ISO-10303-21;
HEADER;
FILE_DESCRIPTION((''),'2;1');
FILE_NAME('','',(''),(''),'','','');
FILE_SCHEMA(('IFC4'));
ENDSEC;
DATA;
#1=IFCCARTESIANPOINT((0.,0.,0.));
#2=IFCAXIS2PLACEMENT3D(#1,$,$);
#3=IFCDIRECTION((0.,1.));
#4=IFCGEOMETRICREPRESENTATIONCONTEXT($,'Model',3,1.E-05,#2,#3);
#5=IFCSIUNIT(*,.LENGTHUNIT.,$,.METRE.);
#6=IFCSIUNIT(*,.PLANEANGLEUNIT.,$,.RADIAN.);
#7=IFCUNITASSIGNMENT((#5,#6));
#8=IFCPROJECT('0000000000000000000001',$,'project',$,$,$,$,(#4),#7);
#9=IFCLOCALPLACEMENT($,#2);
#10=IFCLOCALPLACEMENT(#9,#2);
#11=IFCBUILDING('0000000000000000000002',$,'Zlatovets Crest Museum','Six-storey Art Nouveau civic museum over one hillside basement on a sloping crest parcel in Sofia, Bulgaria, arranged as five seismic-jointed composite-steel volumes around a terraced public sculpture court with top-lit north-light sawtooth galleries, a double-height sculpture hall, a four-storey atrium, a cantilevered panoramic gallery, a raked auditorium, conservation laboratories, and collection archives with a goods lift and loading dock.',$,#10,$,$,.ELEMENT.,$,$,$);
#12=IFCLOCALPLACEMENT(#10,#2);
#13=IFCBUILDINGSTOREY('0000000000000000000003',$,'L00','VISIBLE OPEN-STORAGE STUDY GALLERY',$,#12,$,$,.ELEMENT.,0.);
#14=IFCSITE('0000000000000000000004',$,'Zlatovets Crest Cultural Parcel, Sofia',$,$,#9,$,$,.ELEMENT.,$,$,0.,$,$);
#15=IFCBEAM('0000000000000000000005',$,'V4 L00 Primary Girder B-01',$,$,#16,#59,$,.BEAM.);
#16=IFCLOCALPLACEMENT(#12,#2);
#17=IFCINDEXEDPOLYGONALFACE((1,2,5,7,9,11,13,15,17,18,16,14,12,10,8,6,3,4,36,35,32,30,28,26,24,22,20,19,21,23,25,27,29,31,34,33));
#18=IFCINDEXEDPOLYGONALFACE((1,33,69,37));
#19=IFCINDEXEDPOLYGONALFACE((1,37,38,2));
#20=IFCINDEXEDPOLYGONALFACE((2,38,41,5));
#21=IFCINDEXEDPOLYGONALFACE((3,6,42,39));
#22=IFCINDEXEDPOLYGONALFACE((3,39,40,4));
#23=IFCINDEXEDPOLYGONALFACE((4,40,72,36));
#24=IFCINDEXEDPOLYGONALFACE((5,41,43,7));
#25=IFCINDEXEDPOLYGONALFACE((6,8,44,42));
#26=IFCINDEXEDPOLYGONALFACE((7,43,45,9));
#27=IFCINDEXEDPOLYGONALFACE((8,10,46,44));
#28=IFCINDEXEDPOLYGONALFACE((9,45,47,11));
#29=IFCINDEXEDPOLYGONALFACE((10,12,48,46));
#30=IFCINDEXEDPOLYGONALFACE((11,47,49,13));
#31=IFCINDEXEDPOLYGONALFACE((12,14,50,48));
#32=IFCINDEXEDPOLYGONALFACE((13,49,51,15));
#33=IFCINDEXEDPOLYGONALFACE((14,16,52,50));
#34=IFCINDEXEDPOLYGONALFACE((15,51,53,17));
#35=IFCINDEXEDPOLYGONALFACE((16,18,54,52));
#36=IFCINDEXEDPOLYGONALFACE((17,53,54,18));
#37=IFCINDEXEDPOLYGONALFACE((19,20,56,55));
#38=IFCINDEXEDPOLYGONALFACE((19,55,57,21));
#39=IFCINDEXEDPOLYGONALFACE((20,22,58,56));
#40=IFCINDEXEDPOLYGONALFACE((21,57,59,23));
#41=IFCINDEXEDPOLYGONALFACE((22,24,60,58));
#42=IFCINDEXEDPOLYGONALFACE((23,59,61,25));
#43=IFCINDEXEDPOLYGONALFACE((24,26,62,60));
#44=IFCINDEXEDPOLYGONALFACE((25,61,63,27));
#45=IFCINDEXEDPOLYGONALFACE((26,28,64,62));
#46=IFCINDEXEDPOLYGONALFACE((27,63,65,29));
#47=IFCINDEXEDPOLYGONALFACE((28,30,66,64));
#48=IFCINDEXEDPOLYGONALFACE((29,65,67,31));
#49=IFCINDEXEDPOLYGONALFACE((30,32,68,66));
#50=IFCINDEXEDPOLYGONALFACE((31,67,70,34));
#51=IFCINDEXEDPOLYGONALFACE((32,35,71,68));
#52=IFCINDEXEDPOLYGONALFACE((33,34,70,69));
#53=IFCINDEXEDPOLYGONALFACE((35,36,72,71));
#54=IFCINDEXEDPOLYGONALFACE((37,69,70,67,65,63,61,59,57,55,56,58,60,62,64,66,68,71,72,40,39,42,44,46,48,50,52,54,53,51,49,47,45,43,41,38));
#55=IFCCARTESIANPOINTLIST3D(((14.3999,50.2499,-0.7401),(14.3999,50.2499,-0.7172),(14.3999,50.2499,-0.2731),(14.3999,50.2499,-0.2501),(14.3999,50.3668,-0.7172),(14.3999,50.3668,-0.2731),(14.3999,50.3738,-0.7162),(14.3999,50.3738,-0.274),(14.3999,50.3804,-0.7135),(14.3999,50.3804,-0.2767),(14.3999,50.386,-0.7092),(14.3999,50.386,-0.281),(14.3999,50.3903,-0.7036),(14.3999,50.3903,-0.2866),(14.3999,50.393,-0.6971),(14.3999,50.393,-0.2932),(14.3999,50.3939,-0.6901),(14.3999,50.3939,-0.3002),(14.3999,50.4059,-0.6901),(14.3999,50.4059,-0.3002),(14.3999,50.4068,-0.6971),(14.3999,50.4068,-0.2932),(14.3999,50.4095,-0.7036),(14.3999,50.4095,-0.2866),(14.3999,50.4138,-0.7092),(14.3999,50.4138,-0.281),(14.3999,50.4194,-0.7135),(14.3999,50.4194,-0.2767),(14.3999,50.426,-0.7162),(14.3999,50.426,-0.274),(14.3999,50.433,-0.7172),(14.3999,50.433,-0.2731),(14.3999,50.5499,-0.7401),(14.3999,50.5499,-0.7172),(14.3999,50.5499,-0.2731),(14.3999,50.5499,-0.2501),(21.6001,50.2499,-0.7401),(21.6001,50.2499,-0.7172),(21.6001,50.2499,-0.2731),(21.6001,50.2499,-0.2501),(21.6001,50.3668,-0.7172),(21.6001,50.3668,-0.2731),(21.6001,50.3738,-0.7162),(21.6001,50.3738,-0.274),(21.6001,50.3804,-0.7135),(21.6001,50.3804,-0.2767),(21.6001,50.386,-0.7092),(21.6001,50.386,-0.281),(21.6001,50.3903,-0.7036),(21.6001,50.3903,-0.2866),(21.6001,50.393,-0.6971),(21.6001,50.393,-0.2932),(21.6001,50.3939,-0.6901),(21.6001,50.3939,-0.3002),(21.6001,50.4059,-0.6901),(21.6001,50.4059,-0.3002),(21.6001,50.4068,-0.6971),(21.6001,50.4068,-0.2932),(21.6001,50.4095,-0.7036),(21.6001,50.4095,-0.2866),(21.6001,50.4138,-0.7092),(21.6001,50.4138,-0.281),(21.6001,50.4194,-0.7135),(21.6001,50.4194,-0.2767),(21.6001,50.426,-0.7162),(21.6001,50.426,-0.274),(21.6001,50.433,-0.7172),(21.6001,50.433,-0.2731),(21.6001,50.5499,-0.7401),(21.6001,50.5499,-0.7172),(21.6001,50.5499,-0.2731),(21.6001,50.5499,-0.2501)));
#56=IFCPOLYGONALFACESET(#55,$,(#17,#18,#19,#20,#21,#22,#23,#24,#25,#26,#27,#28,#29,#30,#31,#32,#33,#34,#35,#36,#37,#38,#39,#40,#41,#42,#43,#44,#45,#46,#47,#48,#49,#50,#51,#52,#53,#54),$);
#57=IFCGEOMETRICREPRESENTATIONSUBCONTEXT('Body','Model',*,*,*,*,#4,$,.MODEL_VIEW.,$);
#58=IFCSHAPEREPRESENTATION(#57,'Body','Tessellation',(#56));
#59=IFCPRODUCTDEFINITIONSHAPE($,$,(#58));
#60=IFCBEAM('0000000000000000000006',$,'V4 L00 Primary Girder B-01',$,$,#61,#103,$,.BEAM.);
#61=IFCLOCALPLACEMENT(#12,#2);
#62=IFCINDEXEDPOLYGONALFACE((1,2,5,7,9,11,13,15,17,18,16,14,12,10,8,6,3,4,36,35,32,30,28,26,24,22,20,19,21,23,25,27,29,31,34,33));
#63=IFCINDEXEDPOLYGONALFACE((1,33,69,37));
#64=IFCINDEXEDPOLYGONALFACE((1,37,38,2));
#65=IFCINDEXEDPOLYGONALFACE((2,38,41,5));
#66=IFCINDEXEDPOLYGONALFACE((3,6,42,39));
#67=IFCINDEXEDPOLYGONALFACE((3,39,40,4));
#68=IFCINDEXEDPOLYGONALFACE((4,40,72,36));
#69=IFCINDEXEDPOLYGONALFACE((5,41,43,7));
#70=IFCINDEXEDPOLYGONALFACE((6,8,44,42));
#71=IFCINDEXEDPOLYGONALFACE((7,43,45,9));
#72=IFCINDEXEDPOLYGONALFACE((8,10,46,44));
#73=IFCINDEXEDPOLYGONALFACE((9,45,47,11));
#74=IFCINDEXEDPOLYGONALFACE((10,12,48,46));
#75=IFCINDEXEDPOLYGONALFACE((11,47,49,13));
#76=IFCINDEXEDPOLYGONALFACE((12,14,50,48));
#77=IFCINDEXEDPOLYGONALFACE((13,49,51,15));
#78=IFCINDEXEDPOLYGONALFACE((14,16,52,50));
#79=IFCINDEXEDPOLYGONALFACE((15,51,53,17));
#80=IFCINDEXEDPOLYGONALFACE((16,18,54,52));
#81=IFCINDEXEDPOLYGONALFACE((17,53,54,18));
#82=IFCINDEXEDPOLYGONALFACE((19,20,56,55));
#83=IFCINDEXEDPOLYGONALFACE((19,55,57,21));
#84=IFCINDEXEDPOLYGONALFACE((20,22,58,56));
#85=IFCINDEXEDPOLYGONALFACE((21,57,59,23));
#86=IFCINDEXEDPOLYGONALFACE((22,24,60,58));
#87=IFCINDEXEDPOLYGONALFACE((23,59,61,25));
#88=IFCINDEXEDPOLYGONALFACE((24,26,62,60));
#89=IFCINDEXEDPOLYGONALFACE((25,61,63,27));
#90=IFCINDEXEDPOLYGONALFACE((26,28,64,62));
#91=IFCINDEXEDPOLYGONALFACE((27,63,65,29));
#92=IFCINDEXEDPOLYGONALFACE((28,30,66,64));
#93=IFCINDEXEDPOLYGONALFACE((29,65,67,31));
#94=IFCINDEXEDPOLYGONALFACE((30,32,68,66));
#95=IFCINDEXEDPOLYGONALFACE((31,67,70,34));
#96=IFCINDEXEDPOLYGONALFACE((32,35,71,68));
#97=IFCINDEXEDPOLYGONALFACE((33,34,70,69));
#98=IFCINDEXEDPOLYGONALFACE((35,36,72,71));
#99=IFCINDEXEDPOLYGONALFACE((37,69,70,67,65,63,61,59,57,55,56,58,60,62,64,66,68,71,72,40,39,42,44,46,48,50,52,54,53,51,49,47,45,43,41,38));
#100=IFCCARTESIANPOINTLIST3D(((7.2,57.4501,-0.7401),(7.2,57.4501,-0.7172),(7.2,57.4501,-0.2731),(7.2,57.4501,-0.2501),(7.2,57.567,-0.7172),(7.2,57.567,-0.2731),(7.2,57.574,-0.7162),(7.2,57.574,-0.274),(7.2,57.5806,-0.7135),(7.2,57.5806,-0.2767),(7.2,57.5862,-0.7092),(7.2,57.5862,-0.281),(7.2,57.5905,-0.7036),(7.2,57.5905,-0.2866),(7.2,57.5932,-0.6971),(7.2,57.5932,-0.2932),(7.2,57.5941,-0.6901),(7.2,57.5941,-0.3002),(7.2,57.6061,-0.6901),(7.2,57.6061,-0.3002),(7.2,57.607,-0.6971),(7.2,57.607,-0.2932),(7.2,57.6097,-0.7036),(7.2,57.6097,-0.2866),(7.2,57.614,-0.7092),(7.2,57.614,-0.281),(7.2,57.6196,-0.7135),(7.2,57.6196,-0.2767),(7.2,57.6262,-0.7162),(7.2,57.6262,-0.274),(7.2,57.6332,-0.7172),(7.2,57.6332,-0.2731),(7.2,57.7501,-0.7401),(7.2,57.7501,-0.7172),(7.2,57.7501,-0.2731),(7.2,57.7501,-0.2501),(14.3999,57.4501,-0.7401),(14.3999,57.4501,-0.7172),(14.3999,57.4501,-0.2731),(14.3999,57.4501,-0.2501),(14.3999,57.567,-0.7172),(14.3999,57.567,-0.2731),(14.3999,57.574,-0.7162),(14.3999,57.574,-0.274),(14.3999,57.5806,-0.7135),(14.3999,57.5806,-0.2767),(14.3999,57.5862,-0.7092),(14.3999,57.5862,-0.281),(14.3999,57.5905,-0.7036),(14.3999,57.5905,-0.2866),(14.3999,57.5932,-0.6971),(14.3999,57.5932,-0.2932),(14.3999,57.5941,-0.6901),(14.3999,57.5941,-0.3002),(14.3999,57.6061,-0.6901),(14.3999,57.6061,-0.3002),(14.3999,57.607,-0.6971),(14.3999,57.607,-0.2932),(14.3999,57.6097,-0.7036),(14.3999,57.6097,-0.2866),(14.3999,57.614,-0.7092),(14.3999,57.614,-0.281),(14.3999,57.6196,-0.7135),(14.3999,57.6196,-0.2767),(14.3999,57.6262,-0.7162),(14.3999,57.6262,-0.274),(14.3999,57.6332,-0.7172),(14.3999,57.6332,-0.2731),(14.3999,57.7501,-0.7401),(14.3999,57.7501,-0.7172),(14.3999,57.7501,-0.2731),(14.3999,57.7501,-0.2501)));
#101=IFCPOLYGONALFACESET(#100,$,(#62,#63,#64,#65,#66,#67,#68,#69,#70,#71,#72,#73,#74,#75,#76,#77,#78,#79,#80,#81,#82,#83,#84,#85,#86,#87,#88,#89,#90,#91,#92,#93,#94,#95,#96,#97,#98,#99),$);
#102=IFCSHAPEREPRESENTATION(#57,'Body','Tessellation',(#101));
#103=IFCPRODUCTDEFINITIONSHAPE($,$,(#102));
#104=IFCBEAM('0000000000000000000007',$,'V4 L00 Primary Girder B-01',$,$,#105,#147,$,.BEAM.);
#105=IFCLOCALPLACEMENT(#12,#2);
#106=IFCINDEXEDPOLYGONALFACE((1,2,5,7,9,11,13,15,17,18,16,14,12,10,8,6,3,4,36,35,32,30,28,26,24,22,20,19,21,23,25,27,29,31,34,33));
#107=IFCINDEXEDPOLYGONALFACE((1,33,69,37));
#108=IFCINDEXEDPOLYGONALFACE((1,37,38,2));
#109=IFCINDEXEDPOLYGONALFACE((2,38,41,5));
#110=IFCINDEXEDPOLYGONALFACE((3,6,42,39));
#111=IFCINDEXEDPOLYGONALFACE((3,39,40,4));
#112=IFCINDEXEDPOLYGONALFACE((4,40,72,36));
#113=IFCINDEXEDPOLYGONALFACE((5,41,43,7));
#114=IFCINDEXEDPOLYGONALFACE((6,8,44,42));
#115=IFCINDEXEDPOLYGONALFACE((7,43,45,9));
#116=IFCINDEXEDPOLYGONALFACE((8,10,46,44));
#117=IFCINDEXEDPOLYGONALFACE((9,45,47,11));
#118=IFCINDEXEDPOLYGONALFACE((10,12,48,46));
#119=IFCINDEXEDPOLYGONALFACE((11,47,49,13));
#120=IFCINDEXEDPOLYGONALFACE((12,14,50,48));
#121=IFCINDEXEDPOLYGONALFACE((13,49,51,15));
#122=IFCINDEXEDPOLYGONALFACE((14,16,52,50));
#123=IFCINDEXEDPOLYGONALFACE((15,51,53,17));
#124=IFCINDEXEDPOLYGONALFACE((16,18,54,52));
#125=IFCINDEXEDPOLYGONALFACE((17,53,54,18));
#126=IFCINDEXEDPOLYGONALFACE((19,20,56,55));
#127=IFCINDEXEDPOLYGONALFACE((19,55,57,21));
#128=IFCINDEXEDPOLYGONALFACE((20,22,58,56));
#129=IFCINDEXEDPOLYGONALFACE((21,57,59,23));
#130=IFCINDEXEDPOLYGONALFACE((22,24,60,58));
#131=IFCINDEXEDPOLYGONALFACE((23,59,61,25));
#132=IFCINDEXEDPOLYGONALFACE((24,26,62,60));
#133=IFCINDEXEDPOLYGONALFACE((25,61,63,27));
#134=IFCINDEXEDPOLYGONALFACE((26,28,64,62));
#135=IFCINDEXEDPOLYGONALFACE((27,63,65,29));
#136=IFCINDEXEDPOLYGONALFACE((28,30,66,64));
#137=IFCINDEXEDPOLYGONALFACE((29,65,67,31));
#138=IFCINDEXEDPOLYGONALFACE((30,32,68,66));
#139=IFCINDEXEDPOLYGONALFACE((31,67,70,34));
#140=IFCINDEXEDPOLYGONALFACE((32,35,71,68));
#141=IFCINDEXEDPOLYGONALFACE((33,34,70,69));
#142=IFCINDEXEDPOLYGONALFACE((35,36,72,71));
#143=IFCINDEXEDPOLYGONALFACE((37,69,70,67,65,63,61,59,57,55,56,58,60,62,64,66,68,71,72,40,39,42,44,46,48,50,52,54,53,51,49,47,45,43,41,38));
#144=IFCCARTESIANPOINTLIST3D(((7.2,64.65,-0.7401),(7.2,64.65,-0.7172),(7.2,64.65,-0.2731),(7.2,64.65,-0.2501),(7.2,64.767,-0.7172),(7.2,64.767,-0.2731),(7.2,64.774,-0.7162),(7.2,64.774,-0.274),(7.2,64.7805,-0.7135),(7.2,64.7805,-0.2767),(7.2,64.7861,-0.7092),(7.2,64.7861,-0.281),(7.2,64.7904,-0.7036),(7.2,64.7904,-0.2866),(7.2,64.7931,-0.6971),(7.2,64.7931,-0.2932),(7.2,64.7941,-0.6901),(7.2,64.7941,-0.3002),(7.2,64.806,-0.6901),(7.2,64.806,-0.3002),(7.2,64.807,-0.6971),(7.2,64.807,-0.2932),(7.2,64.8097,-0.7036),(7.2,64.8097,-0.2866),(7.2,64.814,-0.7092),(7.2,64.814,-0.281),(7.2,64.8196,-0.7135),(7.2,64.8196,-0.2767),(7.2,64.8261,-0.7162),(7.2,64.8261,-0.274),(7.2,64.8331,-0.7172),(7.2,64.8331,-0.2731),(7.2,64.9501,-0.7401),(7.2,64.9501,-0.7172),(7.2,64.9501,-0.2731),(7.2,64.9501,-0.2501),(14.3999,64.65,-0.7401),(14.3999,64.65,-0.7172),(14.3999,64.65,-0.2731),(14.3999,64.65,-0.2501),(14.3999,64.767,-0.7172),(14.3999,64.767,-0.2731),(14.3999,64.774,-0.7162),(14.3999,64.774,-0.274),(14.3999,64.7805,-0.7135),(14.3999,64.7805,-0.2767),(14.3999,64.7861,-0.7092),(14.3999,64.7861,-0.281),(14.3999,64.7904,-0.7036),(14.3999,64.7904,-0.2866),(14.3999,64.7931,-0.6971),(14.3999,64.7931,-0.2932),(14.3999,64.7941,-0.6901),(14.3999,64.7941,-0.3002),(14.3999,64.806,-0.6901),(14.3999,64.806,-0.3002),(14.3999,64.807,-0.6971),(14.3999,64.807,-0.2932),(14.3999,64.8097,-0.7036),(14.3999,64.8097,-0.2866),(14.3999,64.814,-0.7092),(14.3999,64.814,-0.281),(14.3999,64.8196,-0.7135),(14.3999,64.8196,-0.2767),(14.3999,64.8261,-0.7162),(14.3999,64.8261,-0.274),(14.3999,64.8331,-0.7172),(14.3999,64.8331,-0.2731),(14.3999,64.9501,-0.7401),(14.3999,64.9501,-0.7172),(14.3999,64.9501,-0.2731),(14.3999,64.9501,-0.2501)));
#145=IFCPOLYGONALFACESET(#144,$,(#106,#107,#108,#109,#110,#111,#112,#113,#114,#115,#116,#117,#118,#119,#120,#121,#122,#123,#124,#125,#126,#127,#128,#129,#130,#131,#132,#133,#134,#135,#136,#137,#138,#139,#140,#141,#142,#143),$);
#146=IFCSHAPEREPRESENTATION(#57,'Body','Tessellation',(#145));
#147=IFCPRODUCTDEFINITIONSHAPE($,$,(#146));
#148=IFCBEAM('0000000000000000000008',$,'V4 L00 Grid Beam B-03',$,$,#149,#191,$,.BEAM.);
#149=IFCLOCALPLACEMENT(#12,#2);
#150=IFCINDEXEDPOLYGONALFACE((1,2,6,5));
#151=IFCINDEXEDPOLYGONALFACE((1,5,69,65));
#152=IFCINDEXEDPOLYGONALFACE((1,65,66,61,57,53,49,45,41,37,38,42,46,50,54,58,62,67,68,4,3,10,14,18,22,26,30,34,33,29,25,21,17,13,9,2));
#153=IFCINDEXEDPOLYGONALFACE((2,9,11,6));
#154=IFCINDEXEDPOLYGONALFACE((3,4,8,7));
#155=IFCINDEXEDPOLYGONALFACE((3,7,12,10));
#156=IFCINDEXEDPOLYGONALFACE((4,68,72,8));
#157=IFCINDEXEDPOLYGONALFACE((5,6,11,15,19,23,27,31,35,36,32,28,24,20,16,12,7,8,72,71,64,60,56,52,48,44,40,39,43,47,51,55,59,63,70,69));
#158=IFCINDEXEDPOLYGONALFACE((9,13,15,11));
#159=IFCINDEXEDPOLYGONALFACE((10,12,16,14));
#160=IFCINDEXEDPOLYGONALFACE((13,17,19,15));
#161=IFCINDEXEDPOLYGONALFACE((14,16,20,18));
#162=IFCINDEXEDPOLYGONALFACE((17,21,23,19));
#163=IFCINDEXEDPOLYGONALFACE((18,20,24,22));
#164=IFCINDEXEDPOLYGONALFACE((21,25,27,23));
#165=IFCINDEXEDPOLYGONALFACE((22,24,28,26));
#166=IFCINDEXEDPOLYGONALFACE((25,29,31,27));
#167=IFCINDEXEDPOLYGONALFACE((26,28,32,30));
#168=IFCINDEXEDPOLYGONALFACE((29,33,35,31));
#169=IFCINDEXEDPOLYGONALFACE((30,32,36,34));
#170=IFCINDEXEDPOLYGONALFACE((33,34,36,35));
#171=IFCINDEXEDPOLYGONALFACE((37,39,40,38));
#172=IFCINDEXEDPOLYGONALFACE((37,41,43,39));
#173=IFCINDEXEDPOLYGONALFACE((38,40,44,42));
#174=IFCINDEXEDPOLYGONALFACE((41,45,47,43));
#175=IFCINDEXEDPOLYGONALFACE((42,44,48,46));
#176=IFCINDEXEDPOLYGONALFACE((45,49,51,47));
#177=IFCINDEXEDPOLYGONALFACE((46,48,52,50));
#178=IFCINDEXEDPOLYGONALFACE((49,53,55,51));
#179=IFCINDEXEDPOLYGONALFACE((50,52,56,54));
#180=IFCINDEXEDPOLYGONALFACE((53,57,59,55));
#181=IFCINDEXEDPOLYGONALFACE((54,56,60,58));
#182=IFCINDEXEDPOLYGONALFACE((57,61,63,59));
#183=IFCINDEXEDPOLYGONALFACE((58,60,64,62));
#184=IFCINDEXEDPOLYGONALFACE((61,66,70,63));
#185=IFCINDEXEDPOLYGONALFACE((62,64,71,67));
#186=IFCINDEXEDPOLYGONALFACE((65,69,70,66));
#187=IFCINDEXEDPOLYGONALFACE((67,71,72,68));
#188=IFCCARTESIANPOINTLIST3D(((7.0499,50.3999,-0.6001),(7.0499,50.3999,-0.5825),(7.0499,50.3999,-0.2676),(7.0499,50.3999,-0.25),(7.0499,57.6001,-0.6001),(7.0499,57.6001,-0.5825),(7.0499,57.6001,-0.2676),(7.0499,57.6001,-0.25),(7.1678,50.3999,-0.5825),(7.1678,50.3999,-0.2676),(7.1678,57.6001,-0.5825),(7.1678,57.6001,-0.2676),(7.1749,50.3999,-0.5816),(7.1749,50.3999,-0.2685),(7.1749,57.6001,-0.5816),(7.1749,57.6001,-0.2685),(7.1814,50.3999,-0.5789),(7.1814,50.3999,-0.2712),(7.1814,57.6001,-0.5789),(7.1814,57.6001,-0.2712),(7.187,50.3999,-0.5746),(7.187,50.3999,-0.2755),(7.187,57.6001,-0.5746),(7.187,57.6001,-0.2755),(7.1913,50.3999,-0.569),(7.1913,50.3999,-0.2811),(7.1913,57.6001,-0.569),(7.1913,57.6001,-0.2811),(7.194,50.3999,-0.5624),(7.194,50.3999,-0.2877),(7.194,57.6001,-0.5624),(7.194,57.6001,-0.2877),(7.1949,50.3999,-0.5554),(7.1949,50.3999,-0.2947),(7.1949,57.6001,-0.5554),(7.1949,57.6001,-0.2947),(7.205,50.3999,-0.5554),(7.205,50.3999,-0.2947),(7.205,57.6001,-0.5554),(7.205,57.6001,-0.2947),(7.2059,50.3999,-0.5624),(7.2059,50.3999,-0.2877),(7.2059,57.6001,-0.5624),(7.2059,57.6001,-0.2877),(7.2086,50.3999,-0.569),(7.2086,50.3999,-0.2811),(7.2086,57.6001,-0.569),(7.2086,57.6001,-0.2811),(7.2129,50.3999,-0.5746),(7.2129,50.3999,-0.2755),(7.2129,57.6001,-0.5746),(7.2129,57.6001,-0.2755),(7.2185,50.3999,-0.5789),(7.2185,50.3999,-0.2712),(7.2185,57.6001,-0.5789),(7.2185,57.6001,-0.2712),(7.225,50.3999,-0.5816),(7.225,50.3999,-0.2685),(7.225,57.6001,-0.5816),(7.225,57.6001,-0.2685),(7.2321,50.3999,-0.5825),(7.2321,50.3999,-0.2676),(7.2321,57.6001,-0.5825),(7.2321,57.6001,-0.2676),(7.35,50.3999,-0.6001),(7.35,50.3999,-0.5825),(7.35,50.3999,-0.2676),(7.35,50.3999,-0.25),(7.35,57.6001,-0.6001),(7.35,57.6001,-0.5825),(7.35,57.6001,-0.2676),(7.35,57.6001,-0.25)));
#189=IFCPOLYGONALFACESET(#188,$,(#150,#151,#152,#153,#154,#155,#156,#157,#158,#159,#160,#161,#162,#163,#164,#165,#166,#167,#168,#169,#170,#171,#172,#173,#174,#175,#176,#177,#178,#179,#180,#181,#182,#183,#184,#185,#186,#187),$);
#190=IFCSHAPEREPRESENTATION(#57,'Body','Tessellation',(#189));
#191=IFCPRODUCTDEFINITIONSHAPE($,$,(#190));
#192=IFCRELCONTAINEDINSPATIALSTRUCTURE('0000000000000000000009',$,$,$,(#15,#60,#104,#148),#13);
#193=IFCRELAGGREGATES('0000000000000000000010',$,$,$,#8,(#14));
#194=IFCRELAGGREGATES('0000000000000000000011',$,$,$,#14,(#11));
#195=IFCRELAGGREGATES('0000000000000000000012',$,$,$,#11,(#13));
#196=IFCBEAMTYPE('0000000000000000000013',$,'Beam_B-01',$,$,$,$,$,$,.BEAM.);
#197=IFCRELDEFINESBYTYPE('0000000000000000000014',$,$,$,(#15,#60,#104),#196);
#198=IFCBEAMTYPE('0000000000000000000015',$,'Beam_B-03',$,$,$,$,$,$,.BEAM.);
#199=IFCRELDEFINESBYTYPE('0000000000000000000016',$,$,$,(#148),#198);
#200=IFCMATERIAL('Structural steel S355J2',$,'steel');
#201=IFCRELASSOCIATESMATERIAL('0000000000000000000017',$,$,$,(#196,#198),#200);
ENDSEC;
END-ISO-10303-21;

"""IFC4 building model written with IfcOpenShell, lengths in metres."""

from ifc_helpers import new_model, si_unit, direction, frame, origin, origin_2d, place, context, subcontext, project, spatial, i_section, extrude, material, material_profile, profile_set, type_object, element, save


model = new_model("IFC4")

# Units and contexts
model_context = context("Model", 3, precision=1e-05, world=origin(), true_north=direction((0.0, 1.0)))
body_context = subcontext(model_context, "Body", "Model", "MODEL_VIEW")
ifc_project = project(units=[si_unit("LENGTHUNIT", "METRE"), si_unit("PLANEANGLEUNIT", "RADIAN")], contexts=[model_context])

# Site, building, storey
site_placement = place(None, origin())
site = spatial("IfcSite", under=ifc_project, at=site_placement, Name="Zlatovets Crest Cultural Parcel, Sofia", CompositionType="ELEMENT", RefElevation=0.0)
building_placement = place(site_placement, origin())
building = spatial("IfcBuilding", under=site, at=building_placement, Name="Zlatovets Crest Museum", Description="Six-storey Art Nouveau civic museum over one hillside basement on a sloping crest parcel in Sofia, Bulgaria, arranged as five seismic-jointed composite-steel volumes around a terraced public sculpture court with top-lit north-light sawtooth galleries, a double-height sculpture hall, a four-storey atrium, a cantilevered panoramic gallery, a raked auditorium, conservation laboratories, and collection archives with a goods lift and loading dock.", CompositionType="ELEMENT")
storey_placement = place(building_placement, origin())
storey = spatial("IfcBuildingStorey", under=building, at=storey_placement, Name="L00", Description="VISIBLE OPEN-STORAGE STUDY GALLERY", CompositionType="ELEMENT", Elevation=0.0)

# Shared definitions
ifc_material_1 = material(Name="Structural steel S355J2", Category="steel")

# Beams
ifc_material_profile_1 = material_profile(ifc_material_1, i_section(OverallWidth=0.3, OverallDepth=0.49, WebThickness=0.012, FlangeThickness=0.0229, FilletRadius=0.0271, at=origin_2d()), Name="HEA 500")
ifc_profile_set_1 = profile_set([ifc_material_profile_1], Name="Structural steel S355J2")
beam_type_1 = type_object("IfcBeamType", Name="Beam_B-01", PredefinedType="BEAM", material=ifc_profile_set_1)
beam_1_placement = place(storey_placement, frame((14.3999, 50.3999, -0.4951), z_axis=(1.0, 0.0, 0.0), x_axis=(0.0, 1.0, 0.0)))
element("IfcBeam", 1, at=beam_1_placement, inside=storey, type_object=beam_type_1, Name="V4 L00 Primary Girder B-01", PredefinedType="BEAM", context=body_context, shape_type="SweptSolid", body=[
    extrude(i_section(OverallWidth=0.3, OverallDepth=0.49, WebThickness=0.012, FlangeThickness=0.0229, FilletRadius=0.0271, at=origin_2d()), origin(), (0.0, 0.0, 1.0), 7.2002),
])
for number, where, z_axis, x_axis, name in (
    (2, (7.2, 57.6001, -0.4951), (1.0, 0.0, 0.0), (0.0, 1.0, 0.0), "V4 L00 Primary Girder B-01"),
    (3, (7.2, 64.8, -0.4951), (1.0, 0.0, 0.0), (0.0, 1.0, 0.0), "V4 L00 Primary Girder B-01"),
):
    element("IfcBeam", number, at=place(storey_placement, frame(where, z_axis=z_axis, x_axis=x_axis)), inside=storey, type_object=beam_type_1, Name=name, PredefinedType="BEAM", context=body_context, shape_type="SweptSolid", body=[
        extrude(i_section(OverallWidth=0.3, OverallDepth=0.49, WebThickness=0.012, FlangeThickness=0.0229, FilletRadius=0.0271, at=origin_2d()), origin(), (0.0, 0.0, 1.0), 7.2),
    ])
ifc_material_profile_2 = material_profile(ifc_material_1, i_section(OverallWidth=0.3, OverallDepth=0.3501, WebThickness=0.01, FlangeThickness=0.0176, FilletRadius=0.0271, at=origin_2d()), Name="HEA 360")
ifc_profile_set_2 = profile_set([ifc_material_profile_2], Name="Structural steel S355J2")
beam_type_2 = type_object("IfcBeamType", Name="Beam_B-03", PredefinedType="BEAM", material=ifc_profile_set_2)
beam_2_placement = place(storey_placement, frame((7.2, 50.3999, -0.425), z_axis=(0.0, 1.0, 0.0), x_axis=(-1.0, 0.0, 0.0)))
element("IfcBeam", 4, at=beam_2_placement, inside=storey, type_object=beam_type_2, Name="V4 L00 Grid Beam B-03", PredefinedType="BEAM", context=body_context, shape_type="SweptSolid", body=[
    extrude(i_section(OverallWidth=0.3, OverallDepth=0.3501, WebThickness=0.01, FlangeThickness=0.0176, FilletRadius=0.0271, at=origin_2d()), origin(), (0.0, 0.0, 1.0), 7.2002),
])

save(model, "model.ifc")
